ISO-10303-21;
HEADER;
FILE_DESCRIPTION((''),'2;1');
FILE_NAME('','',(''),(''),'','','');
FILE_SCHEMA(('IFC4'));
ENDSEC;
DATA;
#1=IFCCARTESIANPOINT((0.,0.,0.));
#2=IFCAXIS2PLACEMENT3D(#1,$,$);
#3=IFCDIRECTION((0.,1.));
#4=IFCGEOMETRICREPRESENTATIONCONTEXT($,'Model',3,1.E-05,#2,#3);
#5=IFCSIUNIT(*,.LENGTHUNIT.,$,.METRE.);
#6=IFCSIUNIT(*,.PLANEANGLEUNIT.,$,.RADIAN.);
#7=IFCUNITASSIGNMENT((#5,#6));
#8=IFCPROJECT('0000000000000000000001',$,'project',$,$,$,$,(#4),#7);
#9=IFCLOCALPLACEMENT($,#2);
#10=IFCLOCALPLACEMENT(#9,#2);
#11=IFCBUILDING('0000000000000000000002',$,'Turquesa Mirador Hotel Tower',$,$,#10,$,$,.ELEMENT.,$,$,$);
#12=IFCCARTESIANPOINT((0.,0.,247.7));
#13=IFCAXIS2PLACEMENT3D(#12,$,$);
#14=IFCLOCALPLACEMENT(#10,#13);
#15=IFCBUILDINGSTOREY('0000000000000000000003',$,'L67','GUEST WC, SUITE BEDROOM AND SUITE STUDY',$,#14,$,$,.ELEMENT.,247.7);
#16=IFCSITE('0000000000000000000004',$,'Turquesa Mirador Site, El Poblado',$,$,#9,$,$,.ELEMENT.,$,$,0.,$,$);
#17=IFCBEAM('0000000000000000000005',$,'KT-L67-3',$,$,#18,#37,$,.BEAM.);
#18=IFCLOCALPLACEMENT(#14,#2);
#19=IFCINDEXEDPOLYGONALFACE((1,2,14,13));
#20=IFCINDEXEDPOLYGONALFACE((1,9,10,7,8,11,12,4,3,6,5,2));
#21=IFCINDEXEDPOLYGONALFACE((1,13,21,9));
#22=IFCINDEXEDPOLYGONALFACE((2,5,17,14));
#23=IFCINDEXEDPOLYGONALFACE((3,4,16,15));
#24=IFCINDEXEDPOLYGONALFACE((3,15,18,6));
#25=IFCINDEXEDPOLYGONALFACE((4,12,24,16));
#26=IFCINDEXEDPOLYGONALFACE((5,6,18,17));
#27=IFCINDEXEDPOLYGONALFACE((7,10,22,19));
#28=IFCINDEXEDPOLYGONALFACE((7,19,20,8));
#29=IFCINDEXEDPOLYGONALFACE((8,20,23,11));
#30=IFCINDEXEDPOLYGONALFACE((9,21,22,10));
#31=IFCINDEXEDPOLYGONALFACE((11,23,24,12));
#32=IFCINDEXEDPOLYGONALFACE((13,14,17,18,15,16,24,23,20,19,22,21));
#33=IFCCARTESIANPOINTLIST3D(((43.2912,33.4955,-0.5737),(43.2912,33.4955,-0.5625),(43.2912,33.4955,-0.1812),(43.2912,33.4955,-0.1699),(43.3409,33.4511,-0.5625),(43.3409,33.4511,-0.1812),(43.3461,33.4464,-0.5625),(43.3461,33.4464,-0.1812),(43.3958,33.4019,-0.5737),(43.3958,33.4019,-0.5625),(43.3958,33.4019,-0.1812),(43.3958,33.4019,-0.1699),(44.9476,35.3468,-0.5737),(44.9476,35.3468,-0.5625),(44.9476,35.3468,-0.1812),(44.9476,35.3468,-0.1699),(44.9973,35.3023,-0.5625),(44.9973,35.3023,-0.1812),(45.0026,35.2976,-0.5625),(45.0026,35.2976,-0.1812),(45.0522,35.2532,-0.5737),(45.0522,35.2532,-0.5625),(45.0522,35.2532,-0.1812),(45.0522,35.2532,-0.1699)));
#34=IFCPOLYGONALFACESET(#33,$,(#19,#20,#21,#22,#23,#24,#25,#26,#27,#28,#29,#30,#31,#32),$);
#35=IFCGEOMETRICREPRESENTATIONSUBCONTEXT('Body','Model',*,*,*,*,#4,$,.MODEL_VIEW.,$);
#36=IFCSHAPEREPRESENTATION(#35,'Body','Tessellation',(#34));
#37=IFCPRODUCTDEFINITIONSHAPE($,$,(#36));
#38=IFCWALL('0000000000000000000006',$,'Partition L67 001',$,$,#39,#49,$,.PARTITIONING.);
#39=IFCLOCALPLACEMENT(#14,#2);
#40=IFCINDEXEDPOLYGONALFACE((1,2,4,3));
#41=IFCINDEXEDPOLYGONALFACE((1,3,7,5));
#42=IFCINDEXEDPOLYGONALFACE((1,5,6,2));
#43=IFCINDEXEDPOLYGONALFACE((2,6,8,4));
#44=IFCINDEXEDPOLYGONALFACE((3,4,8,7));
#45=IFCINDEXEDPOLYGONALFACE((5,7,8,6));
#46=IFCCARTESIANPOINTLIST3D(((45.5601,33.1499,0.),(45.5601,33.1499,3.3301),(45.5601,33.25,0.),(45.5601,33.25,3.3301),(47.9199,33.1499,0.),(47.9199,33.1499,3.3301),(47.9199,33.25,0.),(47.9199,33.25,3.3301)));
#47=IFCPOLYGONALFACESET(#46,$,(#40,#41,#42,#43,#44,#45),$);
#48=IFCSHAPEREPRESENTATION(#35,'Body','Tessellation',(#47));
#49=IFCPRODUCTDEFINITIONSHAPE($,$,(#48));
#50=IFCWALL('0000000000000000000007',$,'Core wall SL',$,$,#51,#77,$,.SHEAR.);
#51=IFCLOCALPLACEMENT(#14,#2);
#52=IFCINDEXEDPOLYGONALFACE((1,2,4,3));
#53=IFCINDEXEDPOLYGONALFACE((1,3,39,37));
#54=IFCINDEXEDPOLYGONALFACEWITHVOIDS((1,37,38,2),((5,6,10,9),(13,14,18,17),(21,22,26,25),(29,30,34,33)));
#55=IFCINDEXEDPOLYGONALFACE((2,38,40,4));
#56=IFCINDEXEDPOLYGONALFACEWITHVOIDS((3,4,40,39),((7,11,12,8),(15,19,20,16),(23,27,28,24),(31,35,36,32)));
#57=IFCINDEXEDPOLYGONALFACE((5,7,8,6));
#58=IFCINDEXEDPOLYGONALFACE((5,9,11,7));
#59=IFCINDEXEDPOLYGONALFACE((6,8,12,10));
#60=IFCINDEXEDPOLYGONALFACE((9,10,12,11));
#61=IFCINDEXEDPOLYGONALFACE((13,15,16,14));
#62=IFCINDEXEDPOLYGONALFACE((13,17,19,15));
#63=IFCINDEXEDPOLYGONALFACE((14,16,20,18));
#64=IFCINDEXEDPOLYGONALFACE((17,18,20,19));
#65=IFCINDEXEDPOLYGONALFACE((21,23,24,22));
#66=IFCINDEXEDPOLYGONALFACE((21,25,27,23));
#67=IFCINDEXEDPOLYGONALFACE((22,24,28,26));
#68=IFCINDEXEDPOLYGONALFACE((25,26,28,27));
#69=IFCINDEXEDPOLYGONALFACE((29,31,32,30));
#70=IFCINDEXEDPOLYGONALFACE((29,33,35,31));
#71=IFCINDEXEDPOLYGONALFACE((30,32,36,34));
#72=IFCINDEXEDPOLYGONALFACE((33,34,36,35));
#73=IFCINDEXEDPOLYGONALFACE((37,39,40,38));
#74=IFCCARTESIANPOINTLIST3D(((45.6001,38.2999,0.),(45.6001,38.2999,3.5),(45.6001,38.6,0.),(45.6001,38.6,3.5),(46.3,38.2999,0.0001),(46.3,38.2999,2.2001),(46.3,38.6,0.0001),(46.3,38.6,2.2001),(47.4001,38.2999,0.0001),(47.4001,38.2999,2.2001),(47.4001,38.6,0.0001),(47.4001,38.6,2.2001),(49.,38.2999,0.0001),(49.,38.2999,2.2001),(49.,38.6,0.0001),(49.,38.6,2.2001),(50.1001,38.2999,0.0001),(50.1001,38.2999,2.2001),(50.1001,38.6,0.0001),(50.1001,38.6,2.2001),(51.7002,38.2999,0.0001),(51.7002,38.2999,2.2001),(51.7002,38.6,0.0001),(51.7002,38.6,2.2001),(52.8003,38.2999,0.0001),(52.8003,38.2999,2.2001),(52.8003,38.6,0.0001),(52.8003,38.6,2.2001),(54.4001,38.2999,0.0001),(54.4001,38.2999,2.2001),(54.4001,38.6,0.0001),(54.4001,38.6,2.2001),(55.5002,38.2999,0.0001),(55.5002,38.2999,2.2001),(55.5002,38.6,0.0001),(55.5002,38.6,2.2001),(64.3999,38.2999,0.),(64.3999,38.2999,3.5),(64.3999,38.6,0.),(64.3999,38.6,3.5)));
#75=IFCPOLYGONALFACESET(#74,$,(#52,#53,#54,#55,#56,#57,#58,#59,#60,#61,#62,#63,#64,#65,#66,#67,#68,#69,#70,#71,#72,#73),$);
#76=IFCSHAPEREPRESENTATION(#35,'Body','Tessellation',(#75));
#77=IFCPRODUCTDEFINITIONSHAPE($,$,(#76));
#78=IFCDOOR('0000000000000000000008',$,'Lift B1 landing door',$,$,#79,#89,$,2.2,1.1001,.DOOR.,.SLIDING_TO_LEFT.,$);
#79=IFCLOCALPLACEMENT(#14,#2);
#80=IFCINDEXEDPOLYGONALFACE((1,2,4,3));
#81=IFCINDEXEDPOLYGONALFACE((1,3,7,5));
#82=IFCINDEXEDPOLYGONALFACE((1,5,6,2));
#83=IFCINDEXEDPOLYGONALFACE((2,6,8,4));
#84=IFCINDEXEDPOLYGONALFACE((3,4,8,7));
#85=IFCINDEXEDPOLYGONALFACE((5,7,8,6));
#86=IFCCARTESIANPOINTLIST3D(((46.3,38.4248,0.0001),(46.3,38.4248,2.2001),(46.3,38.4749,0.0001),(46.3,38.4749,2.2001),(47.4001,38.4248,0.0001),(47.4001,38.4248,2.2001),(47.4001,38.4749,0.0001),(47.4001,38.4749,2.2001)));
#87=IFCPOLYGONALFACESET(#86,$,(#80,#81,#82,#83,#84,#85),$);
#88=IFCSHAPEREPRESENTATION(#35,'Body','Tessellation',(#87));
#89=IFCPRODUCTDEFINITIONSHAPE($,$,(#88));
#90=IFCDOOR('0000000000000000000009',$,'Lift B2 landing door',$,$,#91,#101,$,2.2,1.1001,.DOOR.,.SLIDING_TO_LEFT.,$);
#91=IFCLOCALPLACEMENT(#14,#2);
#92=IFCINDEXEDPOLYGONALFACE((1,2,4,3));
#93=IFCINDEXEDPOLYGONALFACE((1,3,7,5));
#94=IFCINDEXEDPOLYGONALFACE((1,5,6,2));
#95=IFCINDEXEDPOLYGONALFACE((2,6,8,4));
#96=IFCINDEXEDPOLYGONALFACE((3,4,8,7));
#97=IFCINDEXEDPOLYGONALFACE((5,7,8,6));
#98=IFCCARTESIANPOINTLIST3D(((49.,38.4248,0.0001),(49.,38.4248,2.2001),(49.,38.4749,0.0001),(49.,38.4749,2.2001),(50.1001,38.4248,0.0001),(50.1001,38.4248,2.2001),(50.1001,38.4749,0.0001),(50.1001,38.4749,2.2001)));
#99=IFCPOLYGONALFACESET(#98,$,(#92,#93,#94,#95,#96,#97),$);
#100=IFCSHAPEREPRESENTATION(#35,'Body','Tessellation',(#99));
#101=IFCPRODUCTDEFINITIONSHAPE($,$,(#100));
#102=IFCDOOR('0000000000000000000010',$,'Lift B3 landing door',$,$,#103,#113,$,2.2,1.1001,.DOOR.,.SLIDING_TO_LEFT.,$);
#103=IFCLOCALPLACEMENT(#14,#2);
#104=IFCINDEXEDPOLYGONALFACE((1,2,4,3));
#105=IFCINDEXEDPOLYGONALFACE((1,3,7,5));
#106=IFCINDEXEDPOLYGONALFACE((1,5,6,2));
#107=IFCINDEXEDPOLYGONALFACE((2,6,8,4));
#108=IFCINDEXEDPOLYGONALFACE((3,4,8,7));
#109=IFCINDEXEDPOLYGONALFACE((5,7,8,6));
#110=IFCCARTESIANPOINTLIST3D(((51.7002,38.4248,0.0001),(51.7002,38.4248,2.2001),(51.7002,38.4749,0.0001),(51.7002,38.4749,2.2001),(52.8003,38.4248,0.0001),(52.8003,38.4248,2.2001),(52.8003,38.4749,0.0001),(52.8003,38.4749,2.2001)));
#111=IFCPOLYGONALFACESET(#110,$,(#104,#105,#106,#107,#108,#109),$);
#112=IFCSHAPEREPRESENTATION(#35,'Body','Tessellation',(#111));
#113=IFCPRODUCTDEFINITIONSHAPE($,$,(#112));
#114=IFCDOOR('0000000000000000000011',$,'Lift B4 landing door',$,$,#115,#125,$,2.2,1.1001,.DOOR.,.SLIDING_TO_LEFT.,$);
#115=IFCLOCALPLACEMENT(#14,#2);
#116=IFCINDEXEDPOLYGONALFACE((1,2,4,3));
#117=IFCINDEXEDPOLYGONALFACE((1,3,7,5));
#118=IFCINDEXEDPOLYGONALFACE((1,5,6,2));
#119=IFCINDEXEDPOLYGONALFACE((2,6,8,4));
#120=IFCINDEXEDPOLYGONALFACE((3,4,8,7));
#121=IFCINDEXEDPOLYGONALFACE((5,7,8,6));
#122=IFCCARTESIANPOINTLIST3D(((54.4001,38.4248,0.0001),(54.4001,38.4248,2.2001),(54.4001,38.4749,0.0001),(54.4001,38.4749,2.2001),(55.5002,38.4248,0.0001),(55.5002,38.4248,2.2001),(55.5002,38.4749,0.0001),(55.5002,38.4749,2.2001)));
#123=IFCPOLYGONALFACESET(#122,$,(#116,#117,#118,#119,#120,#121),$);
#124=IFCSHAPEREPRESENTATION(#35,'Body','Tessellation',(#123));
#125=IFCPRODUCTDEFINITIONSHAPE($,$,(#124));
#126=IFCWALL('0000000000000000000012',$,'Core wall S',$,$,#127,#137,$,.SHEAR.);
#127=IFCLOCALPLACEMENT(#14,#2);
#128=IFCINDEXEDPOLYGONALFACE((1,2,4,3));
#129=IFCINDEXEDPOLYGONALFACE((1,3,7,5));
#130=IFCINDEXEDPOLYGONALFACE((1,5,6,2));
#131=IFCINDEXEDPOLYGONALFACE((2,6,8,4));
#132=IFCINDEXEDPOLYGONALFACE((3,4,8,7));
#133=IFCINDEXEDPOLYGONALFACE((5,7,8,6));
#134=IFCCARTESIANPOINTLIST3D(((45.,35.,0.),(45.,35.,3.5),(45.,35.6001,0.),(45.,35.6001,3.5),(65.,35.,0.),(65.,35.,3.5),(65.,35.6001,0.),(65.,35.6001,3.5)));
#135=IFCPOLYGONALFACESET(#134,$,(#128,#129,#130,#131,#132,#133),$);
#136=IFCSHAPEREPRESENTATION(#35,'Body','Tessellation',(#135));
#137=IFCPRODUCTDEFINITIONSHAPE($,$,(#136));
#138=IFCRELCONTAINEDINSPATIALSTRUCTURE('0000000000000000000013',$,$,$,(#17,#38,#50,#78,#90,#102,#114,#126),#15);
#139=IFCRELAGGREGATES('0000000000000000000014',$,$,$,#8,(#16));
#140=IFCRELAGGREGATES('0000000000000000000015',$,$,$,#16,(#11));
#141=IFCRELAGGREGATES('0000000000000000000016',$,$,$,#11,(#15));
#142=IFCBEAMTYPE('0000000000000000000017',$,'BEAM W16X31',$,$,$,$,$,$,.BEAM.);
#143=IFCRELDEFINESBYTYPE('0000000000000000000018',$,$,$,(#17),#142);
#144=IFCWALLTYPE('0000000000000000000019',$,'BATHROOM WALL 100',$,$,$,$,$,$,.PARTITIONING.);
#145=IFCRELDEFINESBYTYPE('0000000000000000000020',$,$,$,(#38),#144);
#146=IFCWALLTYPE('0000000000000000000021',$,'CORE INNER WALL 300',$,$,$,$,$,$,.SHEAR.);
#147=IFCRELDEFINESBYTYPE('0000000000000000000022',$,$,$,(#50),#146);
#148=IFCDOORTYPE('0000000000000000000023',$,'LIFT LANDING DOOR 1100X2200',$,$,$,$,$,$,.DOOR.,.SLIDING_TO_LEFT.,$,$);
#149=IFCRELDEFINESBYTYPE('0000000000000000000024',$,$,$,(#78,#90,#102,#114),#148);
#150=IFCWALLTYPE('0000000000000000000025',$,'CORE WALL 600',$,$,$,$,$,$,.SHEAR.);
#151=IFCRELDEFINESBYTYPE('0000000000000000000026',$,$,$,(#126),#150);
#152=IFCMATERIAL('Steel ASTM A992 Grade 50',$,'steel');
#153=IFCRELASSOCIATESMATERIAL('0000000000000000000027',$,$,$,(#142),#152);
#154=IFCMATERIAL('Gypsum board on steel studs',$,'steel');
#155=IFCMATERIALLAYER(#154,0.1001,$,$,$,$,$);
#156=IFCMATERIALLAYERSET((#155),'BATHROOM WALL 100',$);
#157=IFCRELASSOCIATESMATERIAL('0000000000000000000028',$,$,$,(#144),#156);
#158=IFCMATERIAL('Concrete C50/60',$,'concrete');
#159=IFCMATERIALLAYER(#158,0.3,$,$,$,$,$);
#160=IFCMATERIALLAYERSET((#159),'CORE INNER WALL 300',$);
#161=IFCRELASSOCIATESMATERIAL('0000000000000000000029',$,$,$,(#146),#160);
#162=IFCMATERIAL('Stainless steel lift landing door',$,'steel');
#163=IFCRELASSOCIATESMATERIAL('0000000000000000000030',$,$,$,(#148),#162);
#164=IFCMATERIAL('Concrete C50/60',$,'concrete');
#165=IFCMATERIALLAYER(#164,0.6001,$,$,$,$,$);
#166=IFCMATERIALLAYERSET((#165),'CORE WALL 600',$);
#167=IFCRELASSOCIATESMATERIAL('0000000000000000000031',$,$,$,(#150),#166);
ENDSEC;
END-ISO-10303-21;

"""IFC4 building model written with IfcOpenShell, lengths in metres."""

from ifc_helpers import new_model, si_unit, direction, frame, frame_2d, origin, origin_2d, place, context, subcontext, project, spatial, rectangle, i_section, extrude, material, layer, layer_set, material_profile, profile_set, type_object, element, fill, save


model = new_model("IFC4")

# Units and contexts
model_context = context("Model", 3, precision=1e-05, world=origin(), true_north=direction((0.0, 1.0)))
body_context = subcontext(model_context, "Body", "Model", "MODEL_VIEW")
ifc_project = project(units=[si_unit("LENGTHUNIT", "METRE"), si_unit("PLANEANGLEUNIT", "RADIAN")], contexts=[model_context])

# Site, building, storey
site_placement = place(None, origin())
site = spatial("IfcSite", under=ifc_project, at=site_placement, Name="Turquesa Mirador Site, El Poblado", CompositionType="ELEMENT", RefElevation=0.0)
building_placement = place(site_placement, origin())
building = spatial("IfcBuilding", under=site, at=building_placement, Name="Turquesa Mirador Hotel Tower", CompositionType="ELEMENT")
storey_placement = place(building_placement, frame((0.0, 0.0, 247.7)))
storey = spatial("IfcBuildingStorey", under=building, at=storey_placement, Name="L67", Description="GUEST WC, SUITE BEDROOM AND SUITE STUDY", CompositionType="ELEMENT", Elevation=247.7)

# Beam
ifc_material_1 = material(Name="Steel ASTM A992 Grade 50", Category="steel")
ifc_material_profile = material_profile(ifc_material_1, i_section(OverallWidth=0.1404, OverallDepth=0.4038, WebThickness=0.0071, FlangeThickness=0.0112, at=origin_2d()), Name="W16X31")
ifc_profile_set = profile_set([ifc_material_profile], Name="Steel ASTM A992 Grade 50")
beam_type = type_object("IfcBeamType", Name="BEAM W16X31", PredefinedType="BEAM", material=ifc_profile_set)
beam_placement = place(storey_placement, frame((43.3435, 33.4487, -0.3718), z_axis=(0.666806, 0.745231, 0.0), x_axis=(-0.745231, 0.666806, 0.0)))
element("IfcBeam", 1, at=beam_placement, inside=storey, type_object=beam_type, Name="KT-L67-3", PredefinedType="BEAM", context=body_context, shape_type="SweptSolid", body=[
    extrude(i_section(OverallWidth=0.1404, OverallDepth=0.4038, WebThickness=0.0071, FlangeThickness=0.0112, at=origin_2d()), origin(), (0.0, 0.0, 1.0), 2.4841),
])

# Wall
ifc_material_2 = material(Name="Gypsum board on steel studs", Category="steel")
ifc_layer_1 = layer(ifc_material_2, 0.1001)
ifc_layer_set_1 = layer_set([ifc_layer_1], Name="BATHROOM WALL 100")
wall_type_1 = type_object("IfcWallType", Name="BATHROOM WALL 100", PredefinedType="PARTITIONING", material=ifc_layer_set_1)
wall_1_placement = place(storey_placement, frame((45.5601, 33.2, 0.0), z_axis=(0.0, 0.0, 1.0), x_axis=(1.0, 0.0, 0.0)))
element("IfcWall", 2, at=wall_1_placement, inside=storey, type_object=wall_type_1, Name="Partition L67 001", PredefinedType="PARTITIONING", context=body_context, shape_type="SweptSolid", body=[
    extrude(rectangle(XDim=2.3599, YDim=0.1001, at=frame_2d((1.1799, 0.0))), origin(), (0.0, 0.0, 1.0), 3.3301),
])

# Wall, openings, doors
ifc_material_3 = material(Name="Concrete C50/60", Category="concrete")
ifc_layer_2 = layer(ifc_material_3, 0.3)
ifc_layer_set_2 = layer_set([ifc_layer_2], Name="CORE INNER WALL 300")
wall_type_2 = type_object("IfcWallType", Name="CORE INNER WALL 300", PredefinedType="SHEAR", material=ifc_layer_set_2)
wall_2_placement = place(storey_placement, frame((45.6001, 38.45, 0.0), z_axis=(0.0, 0.0, 1.0), x_axis=(1.0, 0.0, 0.0)))
wall_2 = element("IfcWall", 3, at=wall_2_placement, inside=storey, type_object=wall_type_2, Name="Core wall SL", PredefinedType="SHEAR", context=body_context, shape_type="SweptSolid", body=[
    extrude(rectangle(XDim=18.7998, YDim=0.3, at=frame_2d((9.3999, 0.0))), origin(), (0.0, 0.0, 1.0), 3.5),
])
opening_1_placement = place(wall_2_placement, frame((0.7, 0.0, 0.0)))
opening_1 = element("IfcOpeningElement", 4, at=opening_1_placement, cuts=wall_2, PredefinedType="OPENING", context=body_context, shape_type="SweptSolid", body=[
    extrude(rectangle(XDim=1.1001, YDim=2.2, at=frame_2d((0.55, 1.1001))), frame((0.0, 0.1599, 0.0), z_axis=(0.0, -1.0, 0.0), x_axis=(1.0, 0.0, 0.0)), (0.0, 0.0, 1.0), 0.3201),
])
opening_2_placement = place(wall_2_placement, frame((3.3999, 0.0, 0.0)))
opening_2 = element("IfcOpeningElement", 5, at=opening_2_placement, cuts=wall_2, PredefinedType="OPENING", context=body_context, shape_type="SweptSolid", body=[
    extrude(rectangle(XDim=1.1001, YDim=2.2, at=frame_2d((0.55, 1.1001))), frame((0.0, 0.1599, 0.0), z_axis=(0.0, -1.0, 0.0), x_axis=(1.0, 0.0, 0.0)), (0.0, 0.0, 1.0), 0.3201),
])
opening_3_placement = place(wall_2_placement, frame((6.1001, 0.0, 0.0)))
opening_3 = element("IfcOpeningElement", 6, at=opening_3_placement, cuts=wall_2, PredefinedType="OPENING", context=body_context, shape_type="SweptSolid", body=[
    extrude(rectangle(XDim=1.1001, YDim=2.2, at=frame_2d((0.55, 1.1001))), frame((0.0, 0.1599, 0.0), z_axis=(0.0, -1.0, 0.0), x_axis=(1.0, 0.0, 0.0)), (0.0, 0.0, 1.0), 0.3201),
])
opening_4_placement = place(wall_2_placement, frame((8.8, 0.0, 0.0)))
opening_4 = element("IfcOpeningElement", 7, at=opening_4_placement, cuts=wall_2, PredefinedType="OPENING", context=body_context, shape_type="SweptSolid", body=[
    extrude(rectangle(XDim=1.1001, YDim=2.2, at=frame_2d((0.55, 1.1001))), frame((0.0, 0.1599, 0.0), z_axis=(0.0, -1.0, 0.0), x_axis=(1.0, 0.0, 0.0)), (0.0, 0.0, 1.0), 0.3201),
])
ifc_material_4 = material(Name="Stainless steel lift landing door", Category="steel")
door_type_1 = type_object("IfcDoorType", Name="LIFT LANDING DOOR 1100X2200", OperationType="SLIDING_TO_LEFT", PredefinedType="DOOR", material=ifc_material_4)
door_1_placement = place(opening_1_placement, origin())
door_1 = element("IfcDoor", 8, at=door_1_placement, inside=storey, type_object=door_type_1, Name="Lift B1 landing door", OperationType="SLIDING_TO_LEFT", OverallHeight=2.2, OverallWidth=1.1001, PredefinedType="DOOR", context=body_context, shape_type="SweptSolid", body=[
    extrude(rectangle(XDim=1.1001, YDim=2.2, at=frame_2d((0.55, 1.1001))), frame((0.0, 0.0249, 0.0), z_axis=(0.0, -1.0, 0.0), x_axis=(1.0, 0.0, 0.0)), (0.0, 0.0, 1.0), 0.05),
])
fill(opening_1, door_1)
door_2_placement = place(opening_2_placement, origin())
door_2 = element("IfcDoor", 9, at=door_2_placement, inside=storey, type_object=door_type_1, Name="Lift B2 landing door", OperationType="SLIDING_TO_LEFT", OverallHeight=2.2, OverallWidth=1.1001, PredefinedType="DOOR", context=body_context, shape_type="SweptSolid", body=[
    extrude(rectangle(XDim=1.1001, YDim=2.2, at=frame_2d((0.55, 1.1001))), frame((0.0, 0.0249, 0.0), z_axis=(0.0, -1.0, 0.0), x_axis=(1.0, 0.0, 0.0)), (0.0, 0.0, 1.0), 0.05),
])
fill(opening_2, door_2)
door_3_placement = place(opening_3_placement, origin())
door_3 = element("IfcDoor", 10, at=door_3_placement, inside=storey, type_object=door_type_1, Name="Lift B3 landing door", OperationType="SLIDING_TO_LEFT", OverallHeight=2.2, OverallWidth=1.1001, PredefinedType="DOOR", context=body_context, shape_type="SweptSolid", body=[
    extrude(rectangle(XDim=1.1001, YDim=2.2, at=frame_2d((0.55, 1.1001))), frame((0.0, 0.0249, 0.0), z_axis=(0.0, -1.0, 0.0), x_axis=(1.0, 0.0, 0.0)), (0.0, 0.0, 1.0), 0.05),
])
fill(opening_3, door_3)
door_4_placement = place(opening_4_placement, origin())
door_4 = element("IfcDoor", 11, at=door_4_placement, inside=storey, type_object=door_type_1, Name="Lift B4 landing door", OperationType="SLIDING_TO_LEFT", OverallHeight=2.2, OverallWidth=1.1001, PredefinedType="DOOR", context=body_context, shape_type="SweptSolid", body=[
    extrude(rectangle(XDim=1.1001, YDim=2.2, at=frame_2d((0.55, 1.1001))), frame((0.0, 0.0249, 0.0), z_axis=(0.0, -1.0, 0.0), x_axis=(1.0, 0.0, 0.0)), (0.0, 0.0, 1.0), 0.05),
])
fill(opening_4, door_4)

# Wall
ifc_material_5 = material(Name="Concrete C50/60", Category="concrete")
ifc_layer_3 = layer(ifc_material_5, 0.6001)
ifc_layer_set_3 = layer_set([ifc_layer_3], Name="CORE WALL 600")
wall_type_3 = type_object("IfcWallType", Name="CORE WALL 600", PredefinedType="SHEAR", material=ifc_layer_set_3)
wall_3_placement = place(storey_placement, frame((45.0, 35.3, 0.0), z_axis=(0.0, 0.0, 1.0), x_axis=(1.0, 0.0, 0.0)))
element("IfcWall", 12, at=wall_3_placement, inside=storey, type_object=wall_type_3, Name="Core wall S", PredefinedType="SHEAR", context=body_context, shape_type="SweptSolid", body=[
    extrude(rectangle(XDim=20.0, YDim=0.6001, at=frame_2d((10.0, 0.0))), origin(), (0.0, 0.0, 1.0), 3.5),
])

save(model, "model.ifc")
